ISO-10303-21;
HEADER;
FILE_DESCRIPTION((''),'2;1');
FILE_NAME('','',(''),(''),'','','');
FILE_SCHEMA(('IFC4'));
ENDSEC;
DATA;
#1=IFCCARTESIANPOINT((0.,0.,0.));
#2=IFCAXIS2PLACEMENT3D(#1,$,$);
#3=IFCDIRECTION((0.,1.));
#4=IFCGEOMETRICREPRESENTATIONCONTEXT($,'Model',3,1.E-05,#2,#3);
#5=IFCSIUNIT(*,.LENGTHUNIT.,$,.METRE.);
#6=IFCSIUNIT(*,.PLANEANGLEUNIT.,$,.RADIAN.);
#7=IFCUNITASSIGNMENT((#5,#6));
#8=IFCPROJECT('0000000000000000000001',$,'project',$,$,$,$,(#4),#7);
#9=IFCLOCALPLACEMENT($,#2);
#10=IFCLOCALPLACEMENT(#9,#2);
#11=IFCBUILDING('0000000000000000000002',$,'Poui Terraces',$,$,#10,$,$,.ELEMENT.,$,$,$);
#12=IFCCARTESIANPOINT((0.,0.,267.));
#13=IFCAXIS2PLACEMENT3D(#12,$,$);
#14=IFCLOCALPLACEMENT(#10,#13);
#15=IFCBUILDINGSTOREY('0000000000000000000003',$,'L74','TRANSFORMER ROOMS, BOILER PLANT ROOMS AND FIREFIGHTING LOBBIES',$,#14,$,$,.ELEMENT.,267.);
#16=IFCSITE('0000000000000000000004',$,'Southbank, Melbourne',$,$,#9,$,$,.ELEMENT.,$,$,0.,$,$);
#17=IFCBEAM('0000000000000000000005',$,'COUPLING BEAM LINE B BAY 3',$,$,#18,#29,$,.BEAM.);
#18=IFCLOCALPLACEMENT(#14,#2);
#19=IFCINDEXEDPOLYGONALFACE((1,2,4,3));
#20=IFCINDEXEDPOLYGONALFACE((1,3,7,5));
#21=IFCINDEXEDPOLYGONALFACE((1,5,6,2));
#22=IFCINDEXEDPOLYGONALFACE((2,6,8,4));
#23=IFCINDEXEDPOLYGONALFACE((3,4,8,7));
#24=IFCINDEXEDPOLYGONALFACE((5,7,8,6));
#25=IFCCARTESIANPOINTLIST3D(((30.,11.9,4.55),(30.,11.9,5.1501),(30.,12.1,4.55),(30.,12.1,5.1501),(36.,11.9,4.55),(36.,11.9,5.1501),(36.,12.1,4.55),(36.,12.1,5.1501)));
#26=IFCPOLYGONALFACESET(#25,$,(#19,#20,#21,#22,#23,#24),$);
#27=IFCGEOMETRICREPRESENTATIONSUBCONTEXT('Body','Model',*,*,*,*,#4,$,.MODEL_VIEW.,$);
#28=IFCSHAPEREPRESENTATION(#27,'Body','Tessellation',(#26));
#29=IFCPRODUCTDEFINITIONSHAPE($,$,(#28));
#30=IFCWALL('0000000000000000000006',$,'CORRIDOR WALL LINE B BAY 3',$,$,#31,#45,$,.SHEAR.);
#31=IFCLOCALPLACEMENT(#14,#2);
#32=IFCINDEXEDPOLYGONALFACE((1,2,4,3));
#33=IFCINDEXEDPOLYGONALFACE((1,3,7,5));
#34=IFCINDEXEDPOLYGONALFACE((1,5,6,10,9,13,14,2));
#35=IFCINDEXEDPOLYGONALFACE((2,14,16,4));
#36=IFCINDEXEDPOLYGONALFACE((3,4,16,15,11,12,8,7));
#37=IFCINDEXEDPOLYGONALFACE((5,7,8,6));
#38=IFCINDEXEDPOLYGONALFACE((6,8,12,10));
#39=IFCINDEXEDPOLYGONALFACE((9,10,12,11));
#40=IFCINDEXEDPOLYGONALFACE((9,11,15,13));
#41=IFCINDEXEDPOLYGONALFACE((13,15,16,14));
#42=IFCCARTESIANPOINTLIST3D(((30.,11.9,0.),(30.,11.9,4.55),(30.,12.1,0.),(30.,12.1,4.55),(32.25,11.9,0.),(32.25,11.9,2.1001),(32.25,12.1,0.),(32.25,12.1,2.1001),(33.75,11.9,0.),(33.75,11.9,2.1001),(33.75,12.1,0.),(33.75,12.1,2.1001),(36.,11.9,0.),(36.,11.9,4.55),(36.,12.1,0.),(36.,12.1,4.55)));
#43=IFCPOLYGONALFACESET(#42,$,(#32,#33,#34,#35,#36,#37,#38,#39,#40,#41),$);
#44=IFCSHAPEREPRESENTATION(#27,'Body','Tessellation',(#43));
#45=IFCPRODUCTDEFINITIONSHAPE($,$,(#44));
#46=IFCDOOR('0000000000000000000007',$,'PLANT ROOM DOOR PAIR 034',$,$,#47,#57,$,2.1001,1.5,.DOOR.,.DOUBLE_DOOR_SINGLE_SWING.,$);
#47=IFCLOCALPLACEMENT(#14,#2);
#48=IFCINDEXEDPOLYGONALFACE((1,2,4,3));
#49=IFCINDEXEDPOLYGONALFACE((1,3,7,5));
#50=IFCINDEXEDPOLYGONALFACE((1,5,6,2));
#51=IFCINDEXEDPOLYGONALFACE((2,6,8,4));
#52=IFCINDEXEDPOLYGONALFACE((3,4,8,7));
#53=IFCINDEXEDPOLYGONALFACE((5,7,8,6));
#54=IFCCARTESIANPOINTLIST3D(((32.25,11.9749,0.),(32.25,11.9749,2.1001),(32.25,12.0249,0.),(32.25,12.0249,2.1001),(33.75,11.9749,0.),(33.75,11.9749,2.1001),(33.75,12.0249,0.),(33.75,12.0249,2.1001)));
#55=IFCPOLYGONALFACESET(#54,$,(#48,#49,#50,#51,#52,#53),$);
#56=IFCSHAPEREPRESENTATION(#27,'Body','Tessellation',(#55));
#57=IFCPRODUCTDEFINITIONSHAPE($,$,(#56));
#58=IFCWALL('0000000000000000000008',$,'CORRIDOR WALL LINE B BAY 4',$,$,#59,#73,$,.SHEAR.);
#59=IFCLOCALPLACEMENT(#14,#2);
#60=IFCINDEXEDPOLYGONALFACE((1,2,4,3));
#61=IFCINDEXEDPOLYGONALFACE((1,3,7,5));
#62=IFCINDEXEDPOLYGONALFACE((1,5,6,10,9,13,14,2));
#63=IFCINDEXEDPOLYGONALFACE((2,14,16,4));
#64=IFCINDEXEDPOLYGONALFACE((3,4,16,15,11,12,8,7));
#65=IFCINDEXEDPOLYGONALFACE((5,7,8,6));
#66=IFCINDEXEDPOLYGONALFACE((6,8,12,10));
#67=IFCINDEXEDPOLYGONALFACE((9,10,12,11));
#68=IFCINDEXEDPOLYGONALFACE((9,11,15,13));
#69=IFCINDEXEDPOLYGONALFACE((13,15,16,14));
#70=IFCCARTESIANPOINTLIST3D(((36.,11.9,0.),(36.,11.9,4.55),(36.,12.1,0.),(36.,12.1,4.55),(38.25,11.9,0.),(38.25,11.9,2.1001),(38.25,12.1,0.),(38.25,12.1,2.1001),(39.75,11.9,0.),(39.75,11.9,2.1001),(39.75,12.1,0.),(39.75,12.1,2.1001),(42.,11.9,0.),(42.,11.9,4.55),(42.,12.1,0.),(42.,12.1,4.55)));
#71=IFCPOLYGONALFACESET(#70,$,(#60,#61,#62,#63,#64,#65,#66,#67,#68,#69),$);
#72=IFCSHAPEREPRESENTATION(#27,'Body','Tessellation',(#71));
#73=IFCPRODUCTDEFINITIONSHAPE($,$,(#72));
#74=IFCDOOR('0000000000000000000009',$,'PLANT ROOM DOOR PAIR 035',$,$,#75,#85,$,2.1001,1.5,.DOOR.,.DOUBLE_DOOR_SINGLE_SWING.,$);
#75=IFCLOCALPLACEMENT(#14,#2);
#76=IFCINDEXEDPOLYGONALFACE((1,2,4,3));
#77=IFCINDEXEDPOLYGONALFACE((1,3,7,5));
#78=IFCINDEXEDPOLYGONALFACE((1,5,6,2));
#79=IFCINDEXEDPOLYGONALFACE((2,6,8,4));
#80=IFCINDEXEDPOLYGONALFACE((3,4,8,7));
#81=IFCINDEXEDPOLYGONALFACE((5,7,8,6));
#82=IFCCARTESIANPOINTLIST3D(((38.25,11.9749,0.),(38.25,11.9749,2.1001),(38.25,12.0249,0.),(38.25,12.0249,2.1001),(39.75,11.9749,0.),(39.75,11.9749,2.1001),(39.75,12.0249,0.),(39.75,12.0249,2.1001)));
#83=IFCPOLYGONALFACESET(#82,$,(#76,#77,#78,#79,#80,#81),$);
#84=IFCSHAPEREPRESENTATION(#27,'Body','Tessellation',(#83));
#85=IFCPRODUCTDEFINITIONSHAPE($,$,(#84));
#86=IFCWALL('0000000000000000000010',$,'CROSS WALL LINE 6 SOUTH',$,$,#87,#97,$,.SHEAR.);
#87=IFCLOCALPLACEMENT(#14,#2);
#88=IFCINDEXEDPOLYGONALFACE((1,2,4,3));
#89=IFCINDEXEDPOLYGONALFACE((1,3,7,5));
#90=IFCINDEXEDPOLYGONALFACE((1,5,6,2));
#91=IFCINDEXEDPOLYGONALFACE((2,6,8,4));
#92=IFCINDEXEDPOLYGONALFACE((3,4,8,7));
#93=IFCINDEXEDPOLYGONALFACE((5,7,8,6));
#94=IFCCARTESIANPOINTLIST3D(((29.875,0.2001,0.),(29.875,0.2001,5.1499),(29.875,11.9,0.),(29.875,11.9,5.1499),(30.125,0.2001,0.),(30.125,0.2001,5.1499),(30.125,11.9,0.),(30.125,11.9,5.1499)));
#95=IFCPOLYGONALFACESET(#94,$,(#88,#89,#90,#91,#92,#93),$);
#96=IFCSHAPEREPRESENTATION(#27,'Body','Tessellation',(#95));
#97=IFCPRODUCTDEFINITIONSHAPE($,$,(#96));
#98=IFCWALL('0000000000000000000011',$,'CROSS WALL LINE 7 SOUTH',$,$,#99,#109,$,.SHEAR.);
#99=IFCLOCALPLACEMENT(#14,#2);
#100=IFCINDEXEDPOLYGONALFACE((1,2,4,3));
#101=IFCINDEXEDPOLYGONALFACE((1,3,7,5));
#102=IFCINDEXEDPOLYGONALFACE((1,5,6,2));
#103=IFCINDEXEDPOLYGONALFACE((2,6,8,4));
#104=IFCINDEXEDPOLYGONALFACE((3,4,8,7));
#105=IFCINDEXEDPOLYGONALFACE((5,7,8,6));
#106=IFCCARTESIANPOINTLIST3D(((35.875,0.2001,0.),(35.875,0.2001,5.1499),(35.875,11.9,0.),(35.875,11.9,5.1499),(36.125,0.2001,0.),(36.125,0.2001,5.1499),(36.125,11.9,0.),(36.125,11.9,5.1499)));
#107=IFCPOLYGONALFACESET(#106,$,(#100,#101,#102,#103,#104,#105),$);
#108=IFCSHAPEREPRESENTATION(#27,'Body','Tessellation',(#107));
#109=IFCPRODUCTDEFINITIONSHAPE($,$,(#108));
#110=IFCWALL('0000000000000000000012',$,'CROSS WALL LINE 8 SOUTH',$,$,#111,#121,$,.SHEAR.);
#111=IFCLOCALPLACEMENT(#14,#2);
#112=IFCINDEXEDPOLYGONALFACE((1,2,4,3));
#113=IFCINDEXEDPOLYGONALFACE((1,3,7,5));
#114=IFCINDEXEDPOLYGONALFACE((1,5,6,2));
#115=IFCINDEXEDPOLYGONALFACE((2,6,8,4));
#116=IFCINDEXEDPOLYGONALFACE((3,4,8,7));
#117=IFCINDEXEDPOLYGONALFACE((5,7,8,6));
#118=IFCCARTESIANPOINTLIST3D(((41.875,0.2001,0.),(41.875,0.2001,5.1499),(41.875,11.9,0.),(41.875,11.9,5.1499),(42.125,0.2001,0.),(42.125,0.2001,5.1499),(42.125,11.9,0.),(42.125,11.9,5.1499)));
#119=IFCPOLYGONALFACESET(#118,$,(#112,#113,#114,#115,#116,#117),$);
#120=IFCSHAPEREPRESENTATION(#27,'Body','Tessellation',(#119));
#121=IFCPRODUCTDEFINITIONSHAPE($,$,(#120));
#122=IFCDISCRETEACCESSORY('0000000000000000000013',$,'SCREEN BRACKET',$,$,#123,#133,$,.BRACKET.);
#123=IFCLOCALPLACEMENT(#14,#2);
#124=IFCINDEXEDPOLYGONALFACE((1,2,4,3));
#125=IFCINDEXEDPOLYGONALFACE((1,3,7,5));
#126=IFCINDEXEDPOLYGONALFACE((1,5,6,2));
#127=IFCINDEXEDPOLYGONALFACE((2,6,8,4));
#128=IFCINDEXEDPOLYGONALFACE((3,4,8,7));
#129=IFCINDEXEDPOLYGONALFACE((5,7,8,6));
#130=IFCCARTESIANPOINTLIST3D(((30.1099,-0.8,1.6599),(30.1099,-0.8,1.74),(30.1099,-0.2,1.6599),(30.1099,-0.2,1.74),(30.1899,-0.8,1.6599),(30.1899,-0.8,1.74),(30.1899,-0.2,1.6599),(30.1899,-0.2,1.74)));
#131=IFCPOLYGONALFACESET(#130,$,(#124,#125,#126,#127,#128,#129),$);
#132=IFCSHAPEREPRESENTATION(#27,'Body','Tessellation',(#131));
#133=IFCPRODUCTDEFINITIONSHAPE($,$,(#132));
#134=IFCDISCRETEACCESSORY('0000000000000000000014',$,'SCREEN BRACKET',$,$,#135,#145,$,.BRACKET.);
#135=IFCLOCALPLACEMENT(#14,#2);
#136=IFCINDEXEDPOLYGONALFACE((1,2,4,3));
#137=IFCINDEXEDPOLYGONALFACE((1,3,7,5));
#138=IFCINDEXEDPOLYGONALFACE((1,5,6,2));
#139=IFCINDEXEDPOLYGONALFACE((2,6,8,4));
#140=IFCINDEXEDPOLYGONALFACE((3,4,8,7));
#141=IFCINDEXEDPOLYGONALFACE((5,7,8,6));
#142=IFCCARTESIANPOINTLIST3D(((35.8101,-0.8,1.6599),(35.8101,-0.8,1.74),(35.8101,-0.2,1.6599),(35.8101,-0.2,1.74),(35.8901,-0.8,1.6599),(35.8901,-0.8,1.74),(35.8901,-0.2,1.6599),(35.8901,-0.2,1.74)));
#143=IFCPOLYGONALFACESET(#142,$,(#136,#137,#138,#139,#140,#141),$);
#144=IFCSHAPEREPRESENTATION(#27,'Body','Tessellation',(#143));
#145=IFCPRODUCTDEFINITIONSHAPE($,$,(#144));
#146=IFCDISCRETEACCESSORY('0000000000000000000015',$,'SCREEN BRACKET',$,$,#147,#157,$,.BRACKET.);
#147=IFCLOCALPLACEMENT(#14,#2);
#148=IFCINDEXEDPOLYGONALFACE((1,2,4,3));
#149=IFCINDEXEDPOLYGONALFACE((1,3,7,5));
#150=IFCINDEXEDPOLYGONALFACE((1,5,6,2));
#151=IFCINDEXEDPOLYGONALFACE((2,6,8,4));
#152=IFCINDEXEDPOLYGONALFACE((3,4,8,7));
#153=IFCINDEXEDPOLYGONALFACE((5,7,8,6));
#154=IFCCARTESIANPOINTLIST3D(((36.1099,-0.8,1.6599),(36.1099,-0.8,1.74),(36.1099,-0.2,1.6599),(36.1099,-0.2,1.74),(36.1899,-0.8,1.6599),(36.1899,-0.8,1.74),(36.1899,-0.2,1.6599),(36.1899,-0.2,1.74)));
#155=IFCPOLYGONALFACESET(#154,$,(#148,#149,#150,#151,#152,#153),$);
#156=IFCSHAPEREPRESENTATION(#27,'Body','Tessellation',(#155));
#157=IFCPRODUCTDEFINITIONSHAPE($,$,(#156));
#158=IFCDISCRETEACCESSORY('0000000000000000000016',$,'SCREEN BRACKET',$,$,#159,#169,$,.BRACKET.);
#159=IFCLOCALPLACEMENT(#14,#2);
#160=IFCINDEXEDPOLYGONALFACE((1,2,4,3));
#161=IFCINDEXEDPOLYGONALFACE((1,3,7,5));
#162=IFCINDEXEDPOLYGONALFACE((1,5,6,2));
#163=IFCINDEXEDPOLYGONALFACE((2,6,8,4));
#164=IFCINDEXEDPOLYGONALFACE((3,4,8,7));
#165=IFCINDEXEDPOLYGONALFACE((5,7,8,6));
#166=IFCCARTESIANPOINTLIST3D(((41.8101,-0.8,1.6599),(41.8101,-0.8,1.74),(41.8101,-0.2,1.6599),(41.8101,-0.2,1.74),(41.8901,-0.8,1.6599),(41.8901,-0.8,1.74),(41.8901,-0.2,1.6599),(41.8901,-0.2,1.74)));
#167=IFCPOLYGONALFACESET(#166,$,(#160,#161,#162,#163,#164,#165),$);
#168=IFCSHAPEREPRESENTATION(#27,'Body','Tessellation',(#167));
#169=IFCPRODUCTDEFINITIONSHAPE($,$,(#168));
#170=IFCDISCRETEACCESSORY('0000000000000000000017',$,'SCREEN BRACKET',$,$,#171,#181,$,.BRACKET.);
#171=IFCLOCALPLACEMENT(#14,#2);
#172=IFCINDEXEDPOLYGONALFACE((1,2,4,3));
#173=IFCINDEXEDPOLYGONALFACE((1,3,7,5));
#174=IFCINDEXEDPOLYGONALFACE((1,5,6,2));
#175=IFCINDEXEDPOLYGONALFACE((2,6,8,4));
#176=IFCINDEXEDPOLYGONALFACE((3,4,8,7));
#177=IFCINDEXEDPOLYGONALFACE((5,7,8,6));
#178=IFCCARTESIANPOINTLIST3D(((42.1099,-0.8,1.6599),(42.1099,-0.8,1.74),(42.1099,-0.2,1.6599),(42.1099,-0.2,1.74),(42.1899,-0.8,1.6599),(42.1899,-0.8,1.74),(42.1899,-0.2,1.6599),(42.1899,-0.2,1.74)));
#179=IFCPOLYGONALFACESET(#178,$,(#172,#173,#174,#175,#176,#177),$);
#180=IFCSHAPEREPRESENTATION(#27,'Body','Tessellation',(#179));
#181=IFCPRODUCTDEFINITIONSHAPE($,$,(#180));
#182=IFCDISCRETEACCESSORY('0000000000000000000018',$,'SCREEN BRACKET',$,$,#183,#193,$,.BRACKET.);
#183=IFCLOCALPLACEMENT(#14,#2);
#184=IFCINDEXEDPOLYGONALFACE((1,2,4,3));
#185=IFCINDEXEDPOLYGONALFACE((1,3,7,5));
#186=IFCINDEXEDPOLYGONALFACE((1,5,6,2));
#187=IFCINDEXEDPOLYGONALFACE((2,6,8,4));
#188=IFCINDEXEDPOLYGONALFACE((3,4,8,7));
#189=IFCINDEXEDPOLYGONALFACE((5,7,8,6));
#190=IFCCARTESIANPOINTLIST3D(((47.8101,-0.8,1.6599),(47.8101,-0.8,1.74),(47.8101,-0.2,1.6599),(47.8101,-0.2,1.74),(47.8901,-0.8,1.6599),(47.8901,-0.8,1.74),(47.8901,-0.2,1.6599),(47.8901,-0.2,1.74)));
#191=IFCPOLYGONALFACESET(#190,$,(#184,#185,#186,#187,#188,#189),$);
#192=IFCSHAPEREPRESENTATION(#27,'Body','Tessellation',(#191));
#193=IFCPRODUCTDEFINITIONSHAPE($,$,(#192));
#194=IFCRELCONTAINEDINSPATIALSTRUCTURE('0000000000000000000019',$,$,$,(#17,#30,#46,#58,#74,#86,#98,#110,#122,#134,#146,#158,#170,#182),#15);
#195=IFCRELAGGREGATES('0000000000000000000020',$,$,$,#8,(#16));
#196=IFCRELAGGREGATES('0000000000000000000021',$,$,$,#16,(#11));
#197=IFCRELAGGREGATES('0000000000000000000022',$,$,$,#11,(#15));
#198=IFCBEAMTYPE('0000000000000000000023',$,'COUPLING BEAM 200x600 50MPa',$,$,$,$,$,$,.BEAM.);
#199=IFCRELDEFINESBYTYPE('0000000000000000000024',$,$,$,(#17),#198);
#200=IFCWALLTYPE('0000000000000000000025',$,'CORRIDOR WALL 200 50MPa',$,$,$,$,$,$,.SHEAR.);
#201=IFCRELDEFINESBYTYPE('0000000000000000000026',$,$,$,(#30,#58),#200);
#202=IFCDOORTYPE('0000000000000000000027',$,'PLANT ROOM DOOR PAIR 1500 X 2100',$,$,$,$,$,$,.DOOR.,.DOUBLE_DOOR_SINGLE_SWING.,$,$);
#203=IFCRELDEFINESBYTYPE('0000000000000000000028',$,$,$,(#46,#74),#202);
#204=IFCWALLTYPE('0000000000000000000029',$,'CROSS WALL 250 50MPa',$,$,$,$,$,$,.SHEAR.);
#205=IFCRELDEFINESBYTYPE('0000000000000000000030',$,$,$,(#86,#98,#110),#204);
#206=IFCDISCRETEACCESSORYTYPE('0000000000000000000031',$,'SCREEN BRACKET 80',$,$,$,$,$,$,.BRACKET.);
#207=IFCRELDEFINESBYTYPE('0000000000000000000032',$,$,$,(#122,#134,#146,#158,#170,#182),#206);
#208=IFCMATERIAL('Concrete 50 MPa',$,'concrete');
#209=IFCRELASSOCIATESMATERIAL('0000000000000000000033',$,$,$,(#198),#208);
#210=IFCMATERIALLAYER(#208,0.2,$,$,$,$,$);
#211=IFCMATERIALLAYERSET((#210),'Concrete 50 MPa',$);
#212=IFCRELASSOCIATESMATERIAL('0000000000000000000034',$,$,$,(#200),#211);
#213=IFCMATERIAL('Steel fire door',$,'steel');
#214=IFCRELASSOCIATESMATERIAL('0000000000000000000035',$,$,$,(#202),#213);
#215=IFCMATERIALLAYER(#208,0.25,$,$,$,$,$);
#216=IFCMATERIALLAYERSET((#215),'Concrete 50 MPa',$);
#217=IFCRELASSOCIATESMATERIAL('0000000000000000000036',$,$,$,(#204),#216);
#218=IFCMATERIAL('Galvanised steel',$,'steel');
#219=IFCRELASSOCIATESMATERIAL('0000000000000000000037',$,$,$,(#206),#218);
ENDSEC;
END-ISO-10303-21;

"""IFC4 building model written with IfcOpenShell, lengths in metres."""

from ifc_helpers import new_model, si_unit, direction, frame, frame_2d, origin, origin_2d, place, context, subcontext, project, spatial, rectangle, extrude, source, transform, mapped, material, layer, layer_set, material_profile, profile_set, type_object, element, fill, save


model = new_model("IFC4")

# Units and contexts
model_context = context("Model", 3, precision=1e-05, world=origin(), true_north=direction((0.0, 1.0)))
body_context = subcontext(model_context, "Body", "Model", "MODEL_VIEW")
ifc_project = project(units=[si_unit("LENGTHUNIT", "METRE"), si_unit("PLANEANGLEUNIT", "RADIAN")], contexts=[model_context])

# Site, building, storey
site_placement = place(None, origin())
site = spatial("IfcSite", under=ifc_project, at=site_placement, Name="Southbank, Melbourne", CompositionType="ELEMENT", RefElevation=0.0)
building_placement = place(site_placement, origin())
building = spatial("IfcBuilding", under=site, at=building_placement, Name="Poui Terraces", CompositionType="ELEMENT")
storey_placement = place(building_placement, frame((0.0, 0.0, 267.0)))
storey = spatial("IfcBuildingStorey", under=building, at=storey_placement, Name="L74", Description="TRANSFORMER ROOMS, BOILER PLANT ROOMS AND FIREFIGHTING LOBBIES", CompositionType="ELEMENT", Elevation=267.0)

# Beam
ifc_material_1 = material(Name="Concrete 50 MPa", Category="concrete")
ifc_material_profile_1 = material_profile(ifc_material_1, rectangle(XDim=0.2, YDim=0.6001, at=origin_2d()), Name="RC 200x600")
ifc_profile_set_1 = profile_set([ifc_material_profile_1], Name="Concrete 50 MPa")
beam_type = type_object("IfcBeamType", Name="COUPLING BEAM 200x600 50MPa", PredefinedType="BEAM", material=ifc_profile_set_1)
shared_shape_1 = source(origin(), body_context, "Body", "SweptSolid", [
    extrude(rectangle(XDim=0.2, YDim=0.6001, at=origin_2d()), origin(), (0.0, 0.0, 1.0), 6.0),
])
beam_placement = place(storey_placement, frame((30.0, 12.0, 4.8501), z_axis=(1.0, 0.0, 0.0), x_axis=(0.0, 1.0, 0.0)))
element("IfcBeam", 1, at=beam_placement, inside=storey, type_object=beam_type, Name="COUPLING BEAM LINE B BAY 3", PredefinedType="BEAM", context=body_context, shape_type="MappedRepresentation", body=[
    mapped(shared_shape_1, transform((0.0, 0.0, 0.0))),
])

# Walls, openings, doors
ifc_layer_1 = layer(ifc_material_1, 0.2)
ifc_layer_set_1 = layer_set([ifc_layer_1], Name="Concrete 50 MPa")
wall_type_1 = type_object("IfcWallType", Name="CORRIDOR WALL 200 50MPa", PredefinedType="SHEAR", material=ifc_layer_set_1)
wall_1_placement = place(storey_placement, frame((30.0, 12.0, 0.0), z_axis=(0.0, 0.0, 1.0), x_axis=(1.0, 0.0, 0.0)))
wall_1 = element("IfcWall", 2, at=wall_1_placement, inside=storey, type_object=wall_type_1, Name="CORRIDOR WALL LINE B BAY 3", PredefinedType="SHEAR", context=body_context, shape_type="SweptSolid", body=[
    extrude(rectangle(XDim=6.0, YDim=0.2, at=frame_2d((3.0, 0.0))), origin(), (0.0, 0.0, 1.0), 4.55),
])
opening_1_placement = place(wall_1_placement, frame((2.25, 0.0, 0.0)))
opening_1 = element("IfcOpeningElement", 3, at=opening_1_placement, cuts=wall_1, PredefinedType="OPENING", context=body_context, shape_type="SweptSolid", body=[
    extrude(rectangle(XDim=1.5, YDim=2.1001, at=frame_2d((0.75, 1.05))), frame((0.0, 0.1099, 0.0), z_axis=(0.0, -1.0, 0.0), x_axis=(1.0, 0.0, 0.0)), (0.0, 0.0, 1.0), 0.22),
])
ifc_material_2 = material(Name="Steel fire door", Category="steel")
door_type = type_object("IfcDoorType", Name="PLANT ROOM DOOR PAIR 1500 X 2100", OperationType="DOUBLE_DOOR_SINGLE_SWING", PredefinedType="DOOR", material=ifc_material_2)
door_1_placement = place(opening_1_placement, origin())
door_1 = element("IfcDoor", 4, at=door_1_placement, inside=storey, type_object=door_type, Name="PLANT ROOM DOOR PAIR 034", OperationType="DOUBLE_DOOR_SINGLE_SWING", OverallHeight=2.1001, OverallWidth=1.5, PredefinedType="DOOR", context=body_context, shape_type="SweptSolid", body=[
    extrude(rectangle(XDim=1.5, YDim=2.1001, at=frame_2d((0.75, 1.05))), frame((0.0, 0.0249, 0.0), z_axis=(0.0, -1.0, 0.0), x_axis=(1.0, 0.0, 0.0)), (0.0, 0.0, 1.0), 0.05),
])
fill(opening_1, door_1)
wall_2_placement = place(storey_placement, frame((36.0, 12.0, 0.0), z_axis=(0.0, 0.0, 1.0), x_axis=(1.0, 0.0, 0.0)))
wall_2 = element("IfcWall", 5, at=wall_2_placement, inside=storey, type_object=wall_type_1, Name="CORRIDOR WALL LINE B BAY 4", PredefinedType="SHEAR", context=body_context, shape_type="SweptSolid", body=[
    extrude(rectangle(XDim=6.0, YDim=0.2, at=frame_2d((3.0, 0.0))), origin(), (0.0, 0.0, 1.0), 4.55),
])
opening_2_placement = place(wall_2_placement, frame((2.25, 0.0, 0.0)))
opening_2 = element("IfcOpeningElement", 6, at=opening_2_placement, cuts=wall_2, PredefinedType="OPENING", context=body_context, shape_type="SweptSolid", body=[
    extrude(rectangle(XDim=1.5, YDim=2.1001, at=frame_2d((0.75, 1.05))), frame((0.0, 0.1099, 0.0), z_axis=(0.0, -1.0, 0.0), x_axis=(1.0, 0.0, 0.0)), (0.0, 0.0, 1.0), 0.22),
])
door_2_placement = place(opening_2_placement, origin())
door_2 = element("IfcDoor", 7, at=door_2_placement, inside=storey, type_object=door_type, Name="PLANT ROOM DOOR PAIR 035", OperationType="DOUBLE_DOOR_SINGLE_SWING", OverallHeight=2.1001, OverallWidth=1.5, PredefinedType="DOOR", context=body_context, shape_type="SweptSolid", body=[
    extrude(rectangle(XDim=1.5, YDim=2.1001, at=frame_2d((0.75, 1.05))), frame((0.0, 0.0249, 0.0), z_axis=(0.0, -1.0, 0.0), x_axis=(1.0, 0.0, 0.0)), (0.0, 0.0, 1.0), 0.05),
])
fill(opening_2, door_2)

# Walls
ifc_layer_2 = layer(ifc_material_1, 0.25)
ifc_layer_set_2 = layer_set([ifc_layer_2], Name="Concrete 50 MPa")
wall_type_2 = type_object("IfcWallType", Name="CROSS WALL 250 50MPa", PredefinedType="SHEAR", material=ifc_layer_set_2)
for number, where, z_axis, x_axis, name in (
    (8, (30.0, 0.2, 0.0), (0.0, 0.0, 1.0), (0.0, 1.0, 0.0), "CROSS WALL LINE 6 SOUTH"),
    (9, (36.0, 0.2, 0.0), (0.0, 0.0, 1.0), (0.0, 1.0, 0.0), "CROSS WALL LINE 7 SOUTH"),
    (10, (42.0, 0.2, 0.0), (0.0, 0.0, 1.0), (0.0, 1.0, 0.0), "CROSS WALL LINE 8 SOUTH"),
):
    element("IfcWall", number, at=place(storey_placement, frame(where, z_axis=z_axis, x_axis=x_axis)), inside=storey, type_object=wall_type_2, Name=name, PredefinedType="SHEAR", context=body_context, shape_type="SweptSolid", body=[
        extrude(rectangle(XDim=11.7, YDim=0.25, at=frame_2d((5.8501, 0.0))), origin(), (0.0, 0.0, 1.0), 5.1499),
    ])

# Discrete accessories
ifc_material_3 = material(Name="Galvanised steel", Category="steel")
ifc_material_profile_2 = material_profile(ifc_material_3, rectangle(XDim=0.0801, YDim=0.0801, at=origin_2d()), Name="SCREEN BRACKET 80")
ifc_profile_set_2 = profile_set([ifc_material_profile_2], Name="Galvanised steel")
discrete_accessory_type = type_object("IfcDiscreteAccessoryType", Name="SCREEN BRACKET 80", PredefinedType="BRACKET", material=ifc_profile_set_2)
shared_shape_2 = source(origin(), body_context, "Body", "SweptSolid", [
    extrude(rectangle(XDim=0.0801, YDim=0.0801, at=origin_2d()), origin(), (0.0, 0.0, 1.0), 0.6001),
])
for number, where, z_axis, x_axis, name in (
    (11, (30.1499, -0.2, 1.7), (0.0, -1.0, 0.0), (1.0, 0.0, 0.0), "SCREEN BRACKET"),
    (12, (35.8501, -0.2, 1.7), (0.0, -1.0, 0.0), (1.0, 0.0, 0.0), "SCREEN BRACKET"),
    (13, (36.1499, -0.2, 1.7), (0.0, -1.0, 0.0), (1.0, 0.0, 0.0), "SCREEN BRACKET"),
    (14, (41.8501, -0.2, 1.7), (0.0, -1.0, 0.0), (1.0, 0.0, 0.0), "SCREEN BRACKET"),
    (15, (42.1499, -0.2, 1.7), (0.0, -1.0, 0.0), (1.0, 0.0, 0.0), "SCREEN BRACKET"),
    (16, (47.8501, -0.2, 1.7), (0.0, -1.0, 0.0), (1.0, 0.0, 0.0), "SCREEN BRACKET"),
):
    element("IfcDiscreteAccessory", number, at=place(storey_placement, frame(where, z_axis=z_axis, x_axis=x_axis)), inside=storey, type_object=discrete_accessory_type, Name=name, PredefinedType="BRACKET", context=body_context, shape_type="MappedRepresentation", body=[
        mapped(shared_shape_2, transform((0.0, 0.0, 0.0))),
    ])

save(model, "model.ifc")
